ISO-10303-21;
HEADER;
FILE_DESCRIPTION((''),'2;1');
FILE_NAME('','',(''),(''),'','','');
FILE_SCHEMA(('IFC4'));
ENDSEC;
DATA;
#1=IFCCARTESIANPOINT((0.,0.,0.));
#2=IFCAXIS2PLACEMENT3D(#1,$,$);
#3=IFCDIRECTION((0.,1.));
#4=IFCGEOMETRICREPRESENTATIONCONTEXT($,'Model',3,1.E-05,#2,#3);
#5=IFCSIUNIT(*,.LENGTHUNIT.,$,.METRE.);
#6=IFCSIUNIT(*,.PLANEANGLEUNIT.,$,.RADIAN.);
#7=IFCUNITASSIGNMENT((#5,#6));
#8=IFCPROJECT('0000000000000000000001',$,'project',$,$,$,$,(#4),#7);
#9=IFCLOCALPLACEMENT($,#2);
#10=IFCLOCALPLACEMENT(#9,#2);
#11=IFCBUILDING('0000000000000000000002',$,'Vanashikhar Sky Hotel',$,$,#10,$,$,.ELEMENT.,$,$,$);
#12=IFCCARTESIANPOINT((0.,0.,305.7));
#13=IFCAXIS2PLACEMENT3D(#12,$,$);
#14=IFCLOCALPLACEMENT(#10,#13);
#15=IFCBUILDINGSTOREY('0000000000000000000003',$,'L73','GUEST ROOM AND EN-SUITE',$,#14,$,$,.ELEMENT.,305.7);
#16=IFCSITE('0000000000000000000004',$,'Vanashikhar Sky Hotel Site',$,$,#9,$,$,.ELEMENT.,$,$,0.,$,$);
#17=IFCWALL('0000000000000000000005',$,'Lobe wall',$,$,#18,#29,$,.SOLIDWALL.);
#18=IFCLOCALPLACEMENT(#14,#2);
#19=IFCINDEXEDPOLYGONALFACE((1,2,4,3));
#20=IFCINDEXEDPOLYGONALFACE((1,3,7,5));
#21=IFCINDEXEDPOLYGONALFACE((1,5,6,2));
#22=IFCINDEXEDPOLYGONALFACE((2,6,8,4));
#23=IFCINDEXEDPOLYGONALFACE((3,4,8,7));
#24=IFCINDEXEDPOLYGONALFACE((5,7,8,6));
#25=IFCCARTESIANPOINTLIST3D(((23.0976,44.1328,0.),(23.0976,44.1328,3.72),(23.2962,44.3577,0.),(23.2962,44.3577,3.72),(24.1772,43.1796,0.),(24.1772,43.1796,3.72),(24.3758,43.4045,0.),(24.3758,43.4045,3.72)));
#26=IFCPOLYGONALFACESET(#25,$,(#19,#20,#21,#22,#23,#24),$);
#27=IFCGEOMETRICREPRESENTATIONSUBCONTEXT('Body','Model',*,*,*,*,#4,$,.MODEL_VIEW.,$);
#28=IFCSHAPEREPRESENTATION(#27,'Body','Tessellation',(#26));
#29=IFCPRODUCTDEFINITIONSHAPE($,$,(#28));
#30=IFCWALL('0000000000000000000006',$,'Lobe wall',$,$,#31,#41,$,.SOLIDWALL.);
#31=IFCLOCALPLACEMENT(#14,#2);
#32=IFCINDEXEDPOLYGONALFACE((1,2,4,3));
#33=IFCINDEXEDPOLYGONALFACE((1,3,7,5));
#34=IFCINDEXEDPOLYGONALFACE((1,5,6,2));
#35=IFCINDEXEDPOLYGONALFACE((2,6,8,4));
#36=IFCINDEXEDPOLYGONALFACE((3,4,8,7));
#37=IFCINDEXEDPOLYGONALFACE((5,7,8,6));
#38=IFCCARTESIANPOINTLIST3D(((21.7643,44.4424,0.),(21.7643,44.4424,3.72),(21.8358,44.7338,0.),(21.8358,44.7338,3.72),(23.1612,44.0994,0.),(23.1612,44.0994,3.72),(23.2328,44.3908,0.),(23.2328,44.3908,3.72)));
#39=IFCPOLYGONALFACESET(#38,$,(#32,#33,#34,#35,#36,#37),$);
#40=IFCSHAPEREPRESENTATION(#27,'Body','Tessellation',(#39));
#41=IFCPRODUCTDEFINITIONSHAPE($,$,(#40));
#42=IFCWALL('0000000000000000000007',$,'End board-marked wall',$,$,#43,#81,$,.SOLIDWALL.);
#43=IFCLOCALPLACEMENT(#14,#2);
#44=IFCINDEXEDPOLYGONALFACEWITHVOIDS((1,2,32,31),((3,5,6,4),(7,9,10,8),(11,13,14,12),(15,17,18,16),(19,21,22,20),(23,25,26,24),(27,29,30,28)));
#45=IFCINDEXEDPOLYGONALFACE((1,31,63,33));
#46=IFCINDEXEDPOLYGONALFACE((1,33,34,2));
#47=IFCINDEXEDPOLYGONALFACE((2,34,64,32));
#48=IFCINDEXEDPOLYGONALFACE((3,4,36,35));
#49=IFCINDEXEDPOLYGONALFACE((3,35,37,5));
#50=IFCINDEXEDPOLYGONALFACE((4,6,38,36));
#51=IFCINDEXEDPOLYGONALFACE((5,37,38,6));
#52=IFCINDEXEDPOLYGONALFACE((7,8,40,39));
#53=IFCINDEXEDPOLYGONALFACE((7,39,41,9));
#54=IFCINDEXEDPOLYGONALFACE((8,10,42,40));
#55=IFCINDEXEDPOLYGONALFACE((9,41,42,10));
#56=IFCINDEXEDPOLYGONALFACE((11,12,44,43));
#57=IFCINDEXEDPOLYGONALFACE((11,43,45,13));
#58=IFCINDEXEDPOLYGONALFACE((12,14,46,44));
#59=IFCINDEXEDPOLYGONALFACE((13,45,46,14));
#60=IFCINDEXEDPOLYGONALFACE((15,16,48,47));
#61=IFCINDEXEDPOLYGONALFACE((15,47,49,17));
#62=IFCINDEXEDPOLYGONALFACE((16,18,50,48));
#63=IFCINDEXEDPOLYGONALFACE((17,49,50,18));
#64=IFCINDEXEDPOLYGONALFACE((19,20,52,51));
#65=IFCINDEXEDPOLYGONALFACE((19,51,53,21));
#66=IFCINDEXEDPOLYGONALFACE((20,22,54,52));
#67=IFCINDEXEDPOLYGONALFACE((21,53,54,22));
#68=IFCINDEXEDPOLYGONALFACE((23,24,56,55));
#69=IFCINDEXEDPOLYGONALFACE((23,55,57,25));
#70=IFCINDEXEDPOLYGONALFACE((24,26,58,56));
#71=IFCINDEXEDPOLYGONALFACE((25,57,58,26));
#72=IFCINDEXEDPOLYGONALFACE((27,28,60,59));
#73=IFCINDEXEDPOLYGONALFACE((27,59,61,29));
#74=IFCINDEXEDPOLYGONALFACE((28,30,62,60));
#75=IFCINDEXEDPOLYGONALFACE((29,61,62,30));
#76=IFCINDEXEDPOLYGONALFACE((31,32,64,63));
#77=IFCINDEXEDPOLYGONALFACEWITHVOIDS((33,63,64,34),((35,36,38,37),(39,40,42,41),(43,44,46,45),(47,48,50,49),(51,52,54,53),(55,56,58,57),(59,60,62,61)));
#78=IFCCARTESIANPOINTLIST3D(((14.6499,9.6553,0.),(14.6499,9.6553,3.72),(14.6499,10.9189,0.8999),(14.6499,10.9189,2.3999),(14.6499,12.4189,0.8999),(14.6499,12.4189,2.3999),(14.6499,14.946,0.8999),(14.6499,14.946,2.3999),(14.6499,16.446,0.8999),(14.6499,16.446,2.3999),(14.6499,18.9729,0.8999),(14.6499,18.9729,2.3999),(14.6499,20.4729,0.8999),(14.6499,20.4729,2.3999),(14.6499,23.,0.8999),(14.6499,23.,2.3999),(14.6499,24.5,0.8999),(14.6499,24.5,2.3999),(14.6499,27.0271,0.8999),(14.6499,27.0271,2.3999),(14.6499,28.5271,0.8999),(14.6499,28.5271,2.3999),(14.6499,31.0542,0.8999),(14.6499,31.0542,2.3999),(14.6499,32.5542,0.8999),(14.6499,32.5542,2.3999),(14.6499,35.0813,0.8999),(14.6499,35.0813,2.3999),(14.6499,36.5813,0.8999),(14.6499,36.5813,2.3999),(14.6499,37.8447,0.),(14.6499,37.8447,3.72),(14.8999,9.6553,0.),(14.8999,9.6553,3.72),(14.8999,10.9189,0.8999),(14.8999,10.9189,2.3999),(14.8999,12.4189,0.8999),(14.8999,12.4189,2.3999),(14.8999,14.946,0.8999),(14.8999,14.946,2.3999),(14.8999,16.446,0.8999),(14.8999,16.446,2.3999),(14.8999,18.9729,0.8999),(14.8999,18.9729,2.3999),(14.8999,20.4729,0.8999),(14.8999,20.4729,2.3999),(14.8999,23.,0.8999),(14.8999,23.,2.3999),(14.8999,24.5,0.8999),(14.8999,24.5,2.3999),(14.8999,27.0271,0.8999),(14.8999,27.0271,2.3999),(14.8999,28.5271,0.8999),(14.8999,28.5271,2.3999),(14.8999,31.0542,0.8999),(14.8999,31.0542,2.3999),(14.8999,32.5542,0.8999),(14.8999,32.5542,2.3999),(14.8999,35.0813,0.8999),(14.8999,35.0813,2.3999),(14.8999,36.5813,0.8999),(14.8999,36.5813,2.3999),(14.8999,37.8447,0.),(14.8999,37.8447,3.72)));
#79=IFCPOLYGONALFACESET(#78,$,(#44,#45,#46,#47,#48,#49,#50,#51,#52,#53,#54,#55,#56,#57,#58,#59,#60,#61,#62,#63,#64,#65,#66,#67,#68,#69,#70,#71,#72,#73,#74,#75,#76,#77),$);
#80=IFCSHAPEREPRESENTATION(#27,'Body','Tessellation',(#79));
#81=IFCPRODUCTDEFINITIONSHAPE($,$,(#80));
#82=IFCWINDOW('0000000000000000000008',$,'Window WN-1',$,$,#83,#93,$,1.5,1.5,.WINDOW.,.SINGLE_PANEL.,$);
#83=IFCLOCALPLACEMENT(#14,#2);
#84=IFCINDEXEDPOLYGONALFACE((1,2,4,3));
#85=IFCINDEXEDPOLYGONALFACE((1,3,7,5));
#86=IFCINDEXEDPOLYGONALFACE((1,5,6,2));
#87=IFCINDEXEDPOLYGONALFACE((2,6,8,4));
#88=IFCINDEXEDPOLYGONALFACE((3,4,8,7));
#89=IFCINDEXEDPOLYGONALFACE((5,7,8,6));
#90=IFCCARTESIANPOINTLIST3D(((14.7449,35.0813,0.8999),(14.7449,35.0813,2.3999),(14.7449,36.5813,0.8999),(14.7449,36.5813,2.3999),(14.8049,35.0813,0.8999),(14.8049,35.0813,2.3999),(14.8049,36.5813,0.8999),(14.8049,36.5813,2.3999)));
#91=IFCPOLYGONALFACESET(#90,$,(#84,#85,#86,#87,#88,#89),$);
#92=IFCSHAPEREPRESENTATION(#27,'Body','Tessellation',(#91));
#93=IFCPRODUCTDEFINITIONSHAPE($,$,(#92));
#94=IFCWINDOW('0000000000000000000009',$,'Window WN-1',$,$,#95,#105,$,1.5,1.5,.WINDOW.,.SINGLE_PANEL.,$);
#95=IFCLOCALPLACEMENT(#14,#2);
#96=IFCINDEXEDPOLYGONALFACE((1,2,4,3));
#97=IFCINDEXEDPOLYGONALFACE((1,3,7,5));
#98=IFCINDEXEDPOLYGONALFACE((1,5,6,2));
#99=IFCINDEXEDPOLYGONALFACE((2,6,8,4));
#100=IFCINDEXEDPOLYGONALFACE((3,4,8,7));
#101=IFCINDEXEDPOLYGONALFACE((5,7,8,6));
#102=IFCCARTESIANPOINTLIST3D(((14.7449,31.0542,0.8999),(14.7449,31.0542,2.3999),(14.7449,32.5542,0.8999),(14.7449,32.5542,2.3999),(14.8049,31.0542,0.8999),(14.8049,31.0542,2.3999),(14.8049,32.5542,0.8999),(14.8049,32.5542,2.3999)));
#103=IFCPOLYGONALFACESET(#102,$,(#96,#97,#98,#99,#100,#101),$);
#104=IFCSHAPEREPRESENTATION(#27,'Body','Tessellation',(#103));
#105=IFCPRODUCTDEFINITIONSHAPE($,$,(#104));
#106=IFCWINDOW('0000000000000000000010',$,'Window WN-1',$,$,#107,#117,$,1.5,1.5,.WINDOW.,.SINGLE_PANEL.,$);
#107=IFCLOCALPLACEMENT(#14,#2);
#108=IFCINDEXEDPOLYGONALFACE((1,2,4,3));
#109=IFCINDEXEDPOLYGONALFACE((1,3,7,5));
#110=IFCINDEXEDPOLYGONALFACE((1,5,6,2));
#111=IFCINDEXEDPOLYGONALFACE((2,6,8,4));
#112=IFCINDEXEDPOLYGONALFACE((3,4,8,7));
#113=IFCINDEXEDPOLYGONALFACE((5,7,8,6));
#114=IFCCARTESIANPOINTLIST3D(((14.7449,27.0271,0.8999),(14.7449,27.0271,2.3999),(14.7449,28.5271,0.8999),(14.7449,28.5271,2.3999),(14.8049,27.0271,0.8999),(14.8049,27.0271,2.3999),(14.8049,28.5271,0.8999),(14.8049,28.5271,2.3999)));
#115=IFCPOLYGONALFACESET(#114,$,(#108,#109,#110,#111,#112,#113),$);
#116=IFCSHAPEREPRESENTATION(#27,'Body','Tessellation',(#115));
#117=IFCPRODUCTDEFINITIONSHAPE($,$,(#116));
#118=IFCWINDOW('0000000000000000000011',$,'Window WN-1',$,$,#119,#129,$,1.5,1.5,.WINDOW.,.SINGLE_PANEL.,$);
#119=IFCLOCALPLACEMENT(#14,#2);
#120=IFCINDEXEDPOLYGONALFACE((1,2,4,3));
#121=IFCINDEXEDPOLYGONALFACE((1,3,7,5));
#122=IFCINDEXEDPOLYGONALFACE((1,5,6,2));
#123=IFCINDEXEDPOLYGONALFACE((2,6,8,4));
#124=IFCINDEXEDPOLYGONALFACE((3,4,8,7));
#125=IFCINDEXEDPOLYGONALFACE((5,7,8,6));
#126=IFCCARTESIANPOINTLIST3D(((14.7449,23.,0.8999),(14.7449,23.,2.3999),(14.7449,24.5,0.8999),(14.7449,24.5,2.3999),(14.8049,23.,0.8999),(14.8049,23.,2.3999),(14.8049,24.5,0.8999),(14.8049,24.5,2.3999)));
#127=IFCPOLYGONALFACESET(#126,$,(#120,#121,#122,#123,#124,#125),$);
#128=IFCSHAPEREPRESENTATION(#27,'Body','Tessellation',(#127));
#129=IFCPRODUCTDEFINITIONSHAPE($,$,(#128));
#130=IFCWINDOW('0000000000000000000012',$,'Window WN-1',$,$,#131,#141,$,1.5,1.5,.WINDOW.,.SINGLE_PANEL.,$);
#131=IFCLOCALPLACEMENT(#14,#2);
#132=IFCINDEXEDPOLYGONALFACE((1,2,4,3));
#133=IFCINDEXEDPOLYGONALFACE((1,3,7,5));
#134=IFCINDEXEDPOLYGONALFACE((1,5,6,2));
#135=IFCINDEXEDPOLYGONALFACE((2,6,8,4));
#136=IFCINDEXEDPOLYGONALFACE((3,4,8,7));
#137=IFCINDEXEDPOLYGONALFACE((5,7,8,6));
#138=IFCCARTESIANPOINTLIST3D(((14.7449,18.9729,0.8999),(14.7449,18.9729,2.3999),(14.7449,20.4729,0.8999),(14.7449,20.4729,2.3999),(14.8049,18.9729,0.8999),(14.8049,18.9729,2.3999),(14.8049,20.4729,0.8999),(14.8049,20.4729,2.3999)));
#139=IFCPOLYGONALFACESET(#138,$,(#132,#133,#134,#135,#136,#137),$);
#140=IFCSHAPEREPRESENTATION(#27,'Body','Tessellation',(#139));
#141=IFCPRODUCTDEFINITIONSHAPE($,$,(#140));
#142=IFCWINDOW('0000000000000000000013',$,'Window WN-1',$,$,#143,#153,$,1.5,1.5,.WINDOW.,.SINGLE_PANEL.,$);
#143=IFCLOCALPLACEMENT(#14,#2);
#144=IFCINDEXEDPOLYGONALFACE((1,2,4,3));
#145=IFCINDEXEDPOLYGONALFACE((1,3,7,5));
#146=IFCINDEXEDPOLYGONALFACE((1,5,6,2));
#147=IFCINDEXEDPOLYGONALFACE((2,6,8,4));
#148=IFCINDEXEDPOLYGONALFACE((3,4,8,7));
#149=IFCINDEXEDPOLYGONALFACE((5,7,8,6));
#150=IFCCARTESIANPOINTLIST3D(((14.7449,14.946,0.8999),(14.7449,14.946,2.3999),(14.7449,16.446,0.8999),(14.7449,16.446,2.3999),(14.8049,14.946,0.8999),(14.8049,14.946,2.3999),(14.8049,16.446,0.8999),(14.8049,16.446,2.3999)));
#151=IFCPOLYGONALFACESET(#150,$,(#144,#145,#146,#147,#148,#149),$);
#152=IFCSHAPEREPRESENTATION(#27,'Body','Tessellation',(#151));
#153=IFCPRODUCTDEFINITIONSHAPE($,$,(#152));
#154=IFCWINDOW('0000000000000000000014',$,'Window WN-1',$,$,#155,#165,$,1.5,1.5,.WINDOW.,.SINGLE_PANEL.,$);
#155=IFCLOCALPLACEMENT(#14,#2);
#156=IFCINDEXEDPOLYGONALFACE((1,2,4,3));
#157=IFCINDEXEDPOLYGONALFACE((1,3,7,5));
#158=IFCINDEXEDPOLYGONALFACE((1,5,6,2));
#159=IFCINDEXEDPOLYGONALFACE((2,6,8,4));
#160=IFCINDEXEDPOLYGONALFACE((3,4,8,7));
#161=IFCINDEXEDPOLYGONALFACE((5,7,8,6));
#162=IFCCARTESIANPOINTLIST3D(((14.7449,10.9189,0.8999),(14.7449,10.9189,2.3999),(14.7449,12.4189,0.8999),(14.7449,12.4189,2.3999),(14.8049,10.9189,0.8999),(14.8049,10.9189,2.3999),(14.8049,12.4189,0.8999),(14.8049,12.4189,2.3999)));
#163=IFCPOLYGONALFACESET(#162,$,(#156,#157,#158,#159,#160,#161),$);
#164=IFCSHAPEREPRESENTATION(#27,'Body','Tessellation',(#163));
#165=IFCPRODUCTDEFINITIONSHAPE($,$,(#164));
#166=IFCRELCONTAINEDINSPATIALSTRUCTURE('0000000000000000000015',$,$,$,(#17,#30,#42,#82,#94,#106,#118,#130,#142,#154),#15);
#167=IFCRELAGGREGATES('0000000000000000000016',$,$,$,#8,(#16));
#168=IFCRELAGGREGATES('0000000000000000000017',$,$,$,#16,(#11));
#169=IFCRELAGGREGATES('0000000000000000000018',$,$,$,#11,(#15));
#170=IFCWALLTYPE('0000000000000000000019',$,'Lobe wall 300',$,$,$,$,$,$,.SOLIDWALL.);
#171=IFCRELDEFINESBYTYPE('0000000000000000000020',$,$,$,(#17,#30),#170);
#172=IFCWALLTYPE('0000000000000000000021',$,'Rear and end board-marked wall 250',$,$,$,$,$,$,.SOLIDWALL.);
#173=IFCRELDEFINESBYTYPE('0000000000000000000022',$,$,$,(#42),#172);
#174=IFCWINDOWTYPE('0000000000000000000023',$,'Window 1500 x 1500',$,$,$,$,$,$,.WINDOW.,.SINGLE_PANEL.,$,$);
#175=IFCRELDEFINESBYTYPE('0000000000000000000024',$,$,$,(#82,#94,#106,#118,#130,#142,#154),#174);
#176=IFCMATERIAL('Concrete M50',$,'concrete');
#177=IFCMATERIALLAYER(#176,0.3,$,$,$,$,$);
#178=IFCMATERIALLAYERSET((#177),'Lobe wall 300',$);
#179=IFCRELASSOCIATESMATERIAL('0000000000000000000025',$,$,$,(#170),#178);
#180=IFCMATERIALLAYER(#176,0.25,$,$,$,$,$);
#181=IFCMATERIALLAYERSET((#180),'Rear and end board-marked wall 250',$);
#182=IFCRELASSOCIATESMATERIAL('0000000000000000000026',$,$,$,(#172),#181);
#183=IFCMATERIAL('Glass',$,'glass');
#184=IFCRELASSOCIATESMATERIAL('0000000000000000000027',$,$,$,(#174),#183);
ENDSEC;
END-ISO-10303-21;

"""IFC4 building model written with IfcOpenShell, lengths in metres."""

from ifc_helpers import new_model, si_unit, direction, frame, frame_2d, origin, place, context, subcontext, project, spatial, rectangle, extrude, source, transform, mapped, material, layer, layer_set, type_object, element, fill, save


model = new_model("IFC4")

# Units and contexts
model_context = context("Model", 3, precision=1e-05, world=origin(), true_north=direction((0.0, 1.0)))
body_context = subcontext(model_context, "Body", "Model", "MODEL_VIEW")
ifc_project = project(units=[si_unit("LENGTHUNIT", "METRE"), si_unit("PLANEANGLEUNIT", "RADIAN")], contexts=[model_context])

# Site, building, storey
site_placement = place(None, origin())
site = spatial("IfcSite", under=ifc_project, at=site_placement, Name="Vanashikhar Sky Hotel Site", CompositionType="ELEMENT", RefElevation=0.0)
building_placement = place(site_placement, origin())
building = spatial("IfcBuilding", under=site, at=building_placement, Name="Vanashikhar Sky Hotel", CompositionType="ELEMENT")
storey_placement = place(building_placement, frame((0.0, 0.0, 305.7)))
storey = spatial("IfcBuildingStorey", under=building, at=storey_placement, Name="L73", Description="GUEST ROOM AND EN-SUITE", CompositionType="ELEMENT", Elevation=305.7)

# Shared definitions
ifc_material_1 = material(Name="Concrete M50", Category="concrete")

# Shared definitions
ifc_layer_1 = layer(ifc_material_1, 0.3)
ifc_layer_set_1 = layer_set([ifc_layer_1], Name="Lobe wall 300")
wall_type_1 = type_object("IfcWallType", Name="Lobe wall 300", PredefinedType="SOLIDWALL", material=ifc_layer_set_1)
ifc_material_2 = material(Name="Glass", Category="glass")

# Walls
shared_shape_1 = source(origin(), body_context, "Body", "SweptSolid", [
    extrude(rectangle(XDim=1.4402, YDim=0.3, at=frame_2d((0.7202, 0.0))), origin(), (0.0, 0.0, 1.0), 3.72),
])
wall_1_placement = place(storey_placement, frame((24.2766, 43.292, 0.0), z_axis=(0.0, 0.0, 1.0), x_axis=(-0.74965, 0.661835, 0.0)))
element("IfcWall", 1, at=wall_1_placement, inside=storey, type_object=wall_type_1, Name="Lobe wall", PredefinedType="SOLIDWALL", context=body_context, shape_type="MappedRepresentation", body=[
    mapped(shared_shape_1, transform((0.0, 0.0, 0.0), scale=1.0)),
])
shared_shape_2 = source(origin(), body_context, "Body", "SweptSolid", [
    extrude(rectangle(XDim=1.4385, YDim=0.3, at=frame_2d((0.7192, 0.0))), origin(), (0.0, 0.0, 1.0), 3.72),
])
wall_2_placement = place(storey_placement, frame((23.197, 44.2451, 0.0), z_axis=(0.0, 0.0, 1.0), x_axis=(-0.971152, 0.23846, 0.0)))
element("IfcWall", 2, at=wall_2_placement, inside=storey, type_object=wall_type_1, Name="Lobe wall", PredefinedType="SOLIDWALL", context=body_context, shape_type="MappedRepresentation", body=[
    mapped(shared_shape_2, transform((0.0, 0.0, 0.0), scale=1.0)),
])

# Wall, openings, windows
ifc_layer_2 = layer(ifc_material_1, 0.25)
ifc_layer_set_2 = layer_set([ifc_layer_2], Name="Rear and end board-marked wall 250")
wall_type_2 = type_object("IfcWallType", Name="Rear and end board-marked wall 250", PredefinedType="SOLIDWALL", material=ifc_layer_set_2)
shared_shape_3 = source(origin(), body_context, "Body", "SweptSolid", [
    extrude(rectangle(XDim=28.1895, YDim=0.25, at=frame_2d((14.0947, 0.0))), origin(), (0.0, 0.0, 1.0), 3.72),
])
wall_3_placement = place(storey_placement, frame((14.7749, 37.8447, 0.0), z_axis=(0.0, 0.0, 1.0), x_axis=(0.0, -1.0, 0.0)))
wall_3 = element("IfcWall", 3, at=wall_3_placement, inside=storey, type_object=wall_type_2, Name="End board-marked wall", PredefinedType="SOLIDWALL", context=body_context, shape_type="MappedRepresentation", body=[
    mapped(shared_shape_3, transform((0.0, 0.0, 0.0), scale=1.0)),
])
shared_shape_4 = source(origin(), body_context, "Body", "SweptSolid", [
    extrude(rectangle(XDim=1.5, YDim=1.5, at=frame_2d((0.75, 0.75))), frame((0.0, 0.135, 0.0), z_axis=(0.0, -1.0, 0.0), x_axis=(1.0, 0.0, 0.0)), (0.0, 0.0, 1.0), 0.27),
])
opening_1_placement = place(wall_3_placement, frame((1.2634, 0.0, 0.8999)))
opening_1 = element("IfcOpeningElement", 4, at=opening_1_placement, cuts=wall_3, PredefinedType="OPENING", context=body_context, shape_type="MappedRepresentation", body=[
    mapped(shared_shape_4, transform((0.0, 0.0, 0.0), scale=1.0)),
])
opening_2_placement = place(wall_3_placement, frame((5.2905, 0.0, 0.8999)))
opening_2 = element("IfcOpeningElement", 5, at=opening_2_placement, cuts=wall_3, PredefinedType="OPENING", context=body_context, shape_type="MappedRepresentation", body=[
    mapped(shared_shape_4, transform((0.0, 0.0, 0.0), scale=1.0)),
])
opening_3_placement = place(wall_3_placement, frame((9.3176, 0.0, 0.8999)))
opening_3 = element("IfcOpeningElement", 6, at=opening_3_placement, cuts=wall_3, PredefinedType="OPENING", context=body_context, shape_type="MappedRepresentation", body=[
    mapped(shared_shape_4, transform((0.0, 0.0, 0.0), scale=1.0)),
])
opening_4_placement = place(wall_3_placement, frame((13.3447, 0.0, 0.8999)))
opening_4 = element("IfcOpeningElement", 7, at=opening_4_placement, cuts=wall_3, PredefinedType="OPENING", context=body_context, shape_type="MappedRepresentation", body=[
    mapped(shared_shape_4, transform((0.0, 0.0, 0.0), scale=1.0)),
])
opening_5_placement = place(wall_3_placement, frame((17.3718, 0.0, 0.8999)))
opening_5 = element("IfcOpeningElement", 8, at=opening_5_placement, cuts=wall_3, PredefinedType="OPENING", context=body_context, shape_type="MappedRepresentation", body=[
    mapped(shared_shape_4, transform((0.0, 0.0, 0.0), scale=1.0)),
])
opening_6_placement = place(wall_3_placement, frame((21.3987, 0.0, 0.8999)))
opening_6 = element("IfcOpeningElement", 9, at=opening_6_placement, cuts=wall_3, PredefinedType="OPENING", context=body_context, shape_type="MappedRepresentation", body=[
    mapped(shared_shape_4, transform((0.0, 0.0, 0.0), scale=1.0)),
])
opening_7_placement = place(wall_3_placement, frame((25.4258, 0.0, 0.8999)))
opening_7 = element("IfcOpeningElement", 10, at=opening_7_placement, cuts=wall_3, PredefinedType="OPENING", context=body_context, shape_type="MappedRepresentation", body=[
    mapped(shared_shape_4, transform((0.0, 0.0, 0.0), scale=1.0)),
])
window_type_1 = type_object("IfcWindowType", Name="Window 1500 x 1500", PartitioningType="SINGLE_PANEL", PredefinedType="WINDOW", material=ifc_material_2)
shared_shape_5 = source(origin(), body_context, "Body", "SweptSolid", [
    extrude(rectangle(XDim=1.5, YDim=1.5, at=frame_2d((0.75, 0.75))), frame((0.0, 0.03, 0.0), z_axis=(0.0, -1.0, 0.0), x_axis=(1.0, 0.0, 0.0)), (0.0, 0.0, 1.0), 0.0601),
])
window_1_placement = place(opening_1_placement, origin())
window_1 = element("IfcWindow", 11, at=window_1_placement, inside=storey, type_object=window_type_1, Name="Window WN-1", OverallHeight=1.5, OverallWidth=1.5, PartitioningType="SINGLE_PANEL", PredefinedType="WINDOW", context=body_context, shape_type="MappedRepresentation", body=[
    mapped(shared_shape_5, transform((0.0, 0.0, 0.0), scale=1.0)),
])
fill(opening_1, window_1)
window_2_placement = place(opening_2_placement, origin())
window_2 = element("IfcWindow", 12, at=window_2_placement, inside=storey, type_object=window_type_1, Name="Window WN-1", OverallHeight=1.5, OverallWidth=1.5, PartitioningType="SINGLE_PANEL", PredefinedType="WINDOW", context=body_context, shape_type="MappedRepresentation", body=[
    mapped(shared_shape_5, transform((0.0, 0.0, 0.0), scale=1.0)),
])
fill(opening_2, window_2)
window_3_placement = place(opening_3_placement, origin())
window_3 = element("IfcWindow", 13, at=window_3_placement, inside=storey, type_object=window_type_1, Name="Window WN-1", OverallHeight=1.5, OverallWidth=1.5, PartitioningType="SINGLE_PANEL", PredefinedType="WINDOW", context=body_context, shape_type="MappedRepresentation", body=[
    mapped(shared_shape_5, transform((0.0, 0.0, 0.0), scale=1.0)),
])
fill(opening_3, window_3)
window_4_placement = place(opening_4_placement, origin())
window_4 = element("IfcWindow", 14, at=window_4_placement, inside=storey, type_object=window_type_1, Name="Window WN-1", OverallHeight=1.5, OverallWidth=1.5, PartitioningType="SINGLE_PANEL", PredefinedType="WINDOW", context=body_context, shape_type="MappedRepresentation", body=[
    mapped(shared_shape_5, transform((0.0, 0.0, 0.0), scale=1.0)),
])
fill(opening_4, window_4)
window_5_placement = place(opening_5_placement, origin())
window_5 = element("IfcWindow", 15, at=window_5_placement, inside=storey, type_object=window_type_1, Name="Window WN-1", OverallHeight=1.5, OverallWidth=1.5, PartitioningType="SINGLE_PANEL", PredefinedType="WINDOW", context=body_context, shape_type="MappedRepresentation", body=[
    mapped(shared_shape_5, transform((0.0, 0.0, 0.0), scale=1.0)),
])
fill(opening_5, window_5)
window_6_placement = place(opening_6_placement, origin())
window_6 = element("IfcWindow", 16, at=window_6_placement, inside=storey, type_object=window_type_1, Name="Window WN-1", OverallHeight=1.5, OverallWidth=1.5, PartitioningType="SINGLE_PANEL", PredefinedType="WINDOW", context=body_context, shape_type="MappedRepresentation", body=[
    mapped(shared_shape_5, transform((0.0, 0.0, 0.0), scale=1.0)),
])
fill(opening_6, window_6)
window_7_placement = place(opening_7_placement, origin())
window_7 = element("IfcWindow", 17, at=window_7_placement, inside=storey, type_object=window_type_1, Name="Window WN-1", OverallHeight=1.5, OverallWidth=1.5, PartitioningType="SINGLE_PANEL", PredefinedType="WINDOW", context=body_context, shape_type="MappedRepresentation", body=[
    mapped(shared_shape_5, transform((0.0, 0.0, 0.0), scale=1.0)),
])
fill(opening_7, window_7)

save(model, "model.ifc")
